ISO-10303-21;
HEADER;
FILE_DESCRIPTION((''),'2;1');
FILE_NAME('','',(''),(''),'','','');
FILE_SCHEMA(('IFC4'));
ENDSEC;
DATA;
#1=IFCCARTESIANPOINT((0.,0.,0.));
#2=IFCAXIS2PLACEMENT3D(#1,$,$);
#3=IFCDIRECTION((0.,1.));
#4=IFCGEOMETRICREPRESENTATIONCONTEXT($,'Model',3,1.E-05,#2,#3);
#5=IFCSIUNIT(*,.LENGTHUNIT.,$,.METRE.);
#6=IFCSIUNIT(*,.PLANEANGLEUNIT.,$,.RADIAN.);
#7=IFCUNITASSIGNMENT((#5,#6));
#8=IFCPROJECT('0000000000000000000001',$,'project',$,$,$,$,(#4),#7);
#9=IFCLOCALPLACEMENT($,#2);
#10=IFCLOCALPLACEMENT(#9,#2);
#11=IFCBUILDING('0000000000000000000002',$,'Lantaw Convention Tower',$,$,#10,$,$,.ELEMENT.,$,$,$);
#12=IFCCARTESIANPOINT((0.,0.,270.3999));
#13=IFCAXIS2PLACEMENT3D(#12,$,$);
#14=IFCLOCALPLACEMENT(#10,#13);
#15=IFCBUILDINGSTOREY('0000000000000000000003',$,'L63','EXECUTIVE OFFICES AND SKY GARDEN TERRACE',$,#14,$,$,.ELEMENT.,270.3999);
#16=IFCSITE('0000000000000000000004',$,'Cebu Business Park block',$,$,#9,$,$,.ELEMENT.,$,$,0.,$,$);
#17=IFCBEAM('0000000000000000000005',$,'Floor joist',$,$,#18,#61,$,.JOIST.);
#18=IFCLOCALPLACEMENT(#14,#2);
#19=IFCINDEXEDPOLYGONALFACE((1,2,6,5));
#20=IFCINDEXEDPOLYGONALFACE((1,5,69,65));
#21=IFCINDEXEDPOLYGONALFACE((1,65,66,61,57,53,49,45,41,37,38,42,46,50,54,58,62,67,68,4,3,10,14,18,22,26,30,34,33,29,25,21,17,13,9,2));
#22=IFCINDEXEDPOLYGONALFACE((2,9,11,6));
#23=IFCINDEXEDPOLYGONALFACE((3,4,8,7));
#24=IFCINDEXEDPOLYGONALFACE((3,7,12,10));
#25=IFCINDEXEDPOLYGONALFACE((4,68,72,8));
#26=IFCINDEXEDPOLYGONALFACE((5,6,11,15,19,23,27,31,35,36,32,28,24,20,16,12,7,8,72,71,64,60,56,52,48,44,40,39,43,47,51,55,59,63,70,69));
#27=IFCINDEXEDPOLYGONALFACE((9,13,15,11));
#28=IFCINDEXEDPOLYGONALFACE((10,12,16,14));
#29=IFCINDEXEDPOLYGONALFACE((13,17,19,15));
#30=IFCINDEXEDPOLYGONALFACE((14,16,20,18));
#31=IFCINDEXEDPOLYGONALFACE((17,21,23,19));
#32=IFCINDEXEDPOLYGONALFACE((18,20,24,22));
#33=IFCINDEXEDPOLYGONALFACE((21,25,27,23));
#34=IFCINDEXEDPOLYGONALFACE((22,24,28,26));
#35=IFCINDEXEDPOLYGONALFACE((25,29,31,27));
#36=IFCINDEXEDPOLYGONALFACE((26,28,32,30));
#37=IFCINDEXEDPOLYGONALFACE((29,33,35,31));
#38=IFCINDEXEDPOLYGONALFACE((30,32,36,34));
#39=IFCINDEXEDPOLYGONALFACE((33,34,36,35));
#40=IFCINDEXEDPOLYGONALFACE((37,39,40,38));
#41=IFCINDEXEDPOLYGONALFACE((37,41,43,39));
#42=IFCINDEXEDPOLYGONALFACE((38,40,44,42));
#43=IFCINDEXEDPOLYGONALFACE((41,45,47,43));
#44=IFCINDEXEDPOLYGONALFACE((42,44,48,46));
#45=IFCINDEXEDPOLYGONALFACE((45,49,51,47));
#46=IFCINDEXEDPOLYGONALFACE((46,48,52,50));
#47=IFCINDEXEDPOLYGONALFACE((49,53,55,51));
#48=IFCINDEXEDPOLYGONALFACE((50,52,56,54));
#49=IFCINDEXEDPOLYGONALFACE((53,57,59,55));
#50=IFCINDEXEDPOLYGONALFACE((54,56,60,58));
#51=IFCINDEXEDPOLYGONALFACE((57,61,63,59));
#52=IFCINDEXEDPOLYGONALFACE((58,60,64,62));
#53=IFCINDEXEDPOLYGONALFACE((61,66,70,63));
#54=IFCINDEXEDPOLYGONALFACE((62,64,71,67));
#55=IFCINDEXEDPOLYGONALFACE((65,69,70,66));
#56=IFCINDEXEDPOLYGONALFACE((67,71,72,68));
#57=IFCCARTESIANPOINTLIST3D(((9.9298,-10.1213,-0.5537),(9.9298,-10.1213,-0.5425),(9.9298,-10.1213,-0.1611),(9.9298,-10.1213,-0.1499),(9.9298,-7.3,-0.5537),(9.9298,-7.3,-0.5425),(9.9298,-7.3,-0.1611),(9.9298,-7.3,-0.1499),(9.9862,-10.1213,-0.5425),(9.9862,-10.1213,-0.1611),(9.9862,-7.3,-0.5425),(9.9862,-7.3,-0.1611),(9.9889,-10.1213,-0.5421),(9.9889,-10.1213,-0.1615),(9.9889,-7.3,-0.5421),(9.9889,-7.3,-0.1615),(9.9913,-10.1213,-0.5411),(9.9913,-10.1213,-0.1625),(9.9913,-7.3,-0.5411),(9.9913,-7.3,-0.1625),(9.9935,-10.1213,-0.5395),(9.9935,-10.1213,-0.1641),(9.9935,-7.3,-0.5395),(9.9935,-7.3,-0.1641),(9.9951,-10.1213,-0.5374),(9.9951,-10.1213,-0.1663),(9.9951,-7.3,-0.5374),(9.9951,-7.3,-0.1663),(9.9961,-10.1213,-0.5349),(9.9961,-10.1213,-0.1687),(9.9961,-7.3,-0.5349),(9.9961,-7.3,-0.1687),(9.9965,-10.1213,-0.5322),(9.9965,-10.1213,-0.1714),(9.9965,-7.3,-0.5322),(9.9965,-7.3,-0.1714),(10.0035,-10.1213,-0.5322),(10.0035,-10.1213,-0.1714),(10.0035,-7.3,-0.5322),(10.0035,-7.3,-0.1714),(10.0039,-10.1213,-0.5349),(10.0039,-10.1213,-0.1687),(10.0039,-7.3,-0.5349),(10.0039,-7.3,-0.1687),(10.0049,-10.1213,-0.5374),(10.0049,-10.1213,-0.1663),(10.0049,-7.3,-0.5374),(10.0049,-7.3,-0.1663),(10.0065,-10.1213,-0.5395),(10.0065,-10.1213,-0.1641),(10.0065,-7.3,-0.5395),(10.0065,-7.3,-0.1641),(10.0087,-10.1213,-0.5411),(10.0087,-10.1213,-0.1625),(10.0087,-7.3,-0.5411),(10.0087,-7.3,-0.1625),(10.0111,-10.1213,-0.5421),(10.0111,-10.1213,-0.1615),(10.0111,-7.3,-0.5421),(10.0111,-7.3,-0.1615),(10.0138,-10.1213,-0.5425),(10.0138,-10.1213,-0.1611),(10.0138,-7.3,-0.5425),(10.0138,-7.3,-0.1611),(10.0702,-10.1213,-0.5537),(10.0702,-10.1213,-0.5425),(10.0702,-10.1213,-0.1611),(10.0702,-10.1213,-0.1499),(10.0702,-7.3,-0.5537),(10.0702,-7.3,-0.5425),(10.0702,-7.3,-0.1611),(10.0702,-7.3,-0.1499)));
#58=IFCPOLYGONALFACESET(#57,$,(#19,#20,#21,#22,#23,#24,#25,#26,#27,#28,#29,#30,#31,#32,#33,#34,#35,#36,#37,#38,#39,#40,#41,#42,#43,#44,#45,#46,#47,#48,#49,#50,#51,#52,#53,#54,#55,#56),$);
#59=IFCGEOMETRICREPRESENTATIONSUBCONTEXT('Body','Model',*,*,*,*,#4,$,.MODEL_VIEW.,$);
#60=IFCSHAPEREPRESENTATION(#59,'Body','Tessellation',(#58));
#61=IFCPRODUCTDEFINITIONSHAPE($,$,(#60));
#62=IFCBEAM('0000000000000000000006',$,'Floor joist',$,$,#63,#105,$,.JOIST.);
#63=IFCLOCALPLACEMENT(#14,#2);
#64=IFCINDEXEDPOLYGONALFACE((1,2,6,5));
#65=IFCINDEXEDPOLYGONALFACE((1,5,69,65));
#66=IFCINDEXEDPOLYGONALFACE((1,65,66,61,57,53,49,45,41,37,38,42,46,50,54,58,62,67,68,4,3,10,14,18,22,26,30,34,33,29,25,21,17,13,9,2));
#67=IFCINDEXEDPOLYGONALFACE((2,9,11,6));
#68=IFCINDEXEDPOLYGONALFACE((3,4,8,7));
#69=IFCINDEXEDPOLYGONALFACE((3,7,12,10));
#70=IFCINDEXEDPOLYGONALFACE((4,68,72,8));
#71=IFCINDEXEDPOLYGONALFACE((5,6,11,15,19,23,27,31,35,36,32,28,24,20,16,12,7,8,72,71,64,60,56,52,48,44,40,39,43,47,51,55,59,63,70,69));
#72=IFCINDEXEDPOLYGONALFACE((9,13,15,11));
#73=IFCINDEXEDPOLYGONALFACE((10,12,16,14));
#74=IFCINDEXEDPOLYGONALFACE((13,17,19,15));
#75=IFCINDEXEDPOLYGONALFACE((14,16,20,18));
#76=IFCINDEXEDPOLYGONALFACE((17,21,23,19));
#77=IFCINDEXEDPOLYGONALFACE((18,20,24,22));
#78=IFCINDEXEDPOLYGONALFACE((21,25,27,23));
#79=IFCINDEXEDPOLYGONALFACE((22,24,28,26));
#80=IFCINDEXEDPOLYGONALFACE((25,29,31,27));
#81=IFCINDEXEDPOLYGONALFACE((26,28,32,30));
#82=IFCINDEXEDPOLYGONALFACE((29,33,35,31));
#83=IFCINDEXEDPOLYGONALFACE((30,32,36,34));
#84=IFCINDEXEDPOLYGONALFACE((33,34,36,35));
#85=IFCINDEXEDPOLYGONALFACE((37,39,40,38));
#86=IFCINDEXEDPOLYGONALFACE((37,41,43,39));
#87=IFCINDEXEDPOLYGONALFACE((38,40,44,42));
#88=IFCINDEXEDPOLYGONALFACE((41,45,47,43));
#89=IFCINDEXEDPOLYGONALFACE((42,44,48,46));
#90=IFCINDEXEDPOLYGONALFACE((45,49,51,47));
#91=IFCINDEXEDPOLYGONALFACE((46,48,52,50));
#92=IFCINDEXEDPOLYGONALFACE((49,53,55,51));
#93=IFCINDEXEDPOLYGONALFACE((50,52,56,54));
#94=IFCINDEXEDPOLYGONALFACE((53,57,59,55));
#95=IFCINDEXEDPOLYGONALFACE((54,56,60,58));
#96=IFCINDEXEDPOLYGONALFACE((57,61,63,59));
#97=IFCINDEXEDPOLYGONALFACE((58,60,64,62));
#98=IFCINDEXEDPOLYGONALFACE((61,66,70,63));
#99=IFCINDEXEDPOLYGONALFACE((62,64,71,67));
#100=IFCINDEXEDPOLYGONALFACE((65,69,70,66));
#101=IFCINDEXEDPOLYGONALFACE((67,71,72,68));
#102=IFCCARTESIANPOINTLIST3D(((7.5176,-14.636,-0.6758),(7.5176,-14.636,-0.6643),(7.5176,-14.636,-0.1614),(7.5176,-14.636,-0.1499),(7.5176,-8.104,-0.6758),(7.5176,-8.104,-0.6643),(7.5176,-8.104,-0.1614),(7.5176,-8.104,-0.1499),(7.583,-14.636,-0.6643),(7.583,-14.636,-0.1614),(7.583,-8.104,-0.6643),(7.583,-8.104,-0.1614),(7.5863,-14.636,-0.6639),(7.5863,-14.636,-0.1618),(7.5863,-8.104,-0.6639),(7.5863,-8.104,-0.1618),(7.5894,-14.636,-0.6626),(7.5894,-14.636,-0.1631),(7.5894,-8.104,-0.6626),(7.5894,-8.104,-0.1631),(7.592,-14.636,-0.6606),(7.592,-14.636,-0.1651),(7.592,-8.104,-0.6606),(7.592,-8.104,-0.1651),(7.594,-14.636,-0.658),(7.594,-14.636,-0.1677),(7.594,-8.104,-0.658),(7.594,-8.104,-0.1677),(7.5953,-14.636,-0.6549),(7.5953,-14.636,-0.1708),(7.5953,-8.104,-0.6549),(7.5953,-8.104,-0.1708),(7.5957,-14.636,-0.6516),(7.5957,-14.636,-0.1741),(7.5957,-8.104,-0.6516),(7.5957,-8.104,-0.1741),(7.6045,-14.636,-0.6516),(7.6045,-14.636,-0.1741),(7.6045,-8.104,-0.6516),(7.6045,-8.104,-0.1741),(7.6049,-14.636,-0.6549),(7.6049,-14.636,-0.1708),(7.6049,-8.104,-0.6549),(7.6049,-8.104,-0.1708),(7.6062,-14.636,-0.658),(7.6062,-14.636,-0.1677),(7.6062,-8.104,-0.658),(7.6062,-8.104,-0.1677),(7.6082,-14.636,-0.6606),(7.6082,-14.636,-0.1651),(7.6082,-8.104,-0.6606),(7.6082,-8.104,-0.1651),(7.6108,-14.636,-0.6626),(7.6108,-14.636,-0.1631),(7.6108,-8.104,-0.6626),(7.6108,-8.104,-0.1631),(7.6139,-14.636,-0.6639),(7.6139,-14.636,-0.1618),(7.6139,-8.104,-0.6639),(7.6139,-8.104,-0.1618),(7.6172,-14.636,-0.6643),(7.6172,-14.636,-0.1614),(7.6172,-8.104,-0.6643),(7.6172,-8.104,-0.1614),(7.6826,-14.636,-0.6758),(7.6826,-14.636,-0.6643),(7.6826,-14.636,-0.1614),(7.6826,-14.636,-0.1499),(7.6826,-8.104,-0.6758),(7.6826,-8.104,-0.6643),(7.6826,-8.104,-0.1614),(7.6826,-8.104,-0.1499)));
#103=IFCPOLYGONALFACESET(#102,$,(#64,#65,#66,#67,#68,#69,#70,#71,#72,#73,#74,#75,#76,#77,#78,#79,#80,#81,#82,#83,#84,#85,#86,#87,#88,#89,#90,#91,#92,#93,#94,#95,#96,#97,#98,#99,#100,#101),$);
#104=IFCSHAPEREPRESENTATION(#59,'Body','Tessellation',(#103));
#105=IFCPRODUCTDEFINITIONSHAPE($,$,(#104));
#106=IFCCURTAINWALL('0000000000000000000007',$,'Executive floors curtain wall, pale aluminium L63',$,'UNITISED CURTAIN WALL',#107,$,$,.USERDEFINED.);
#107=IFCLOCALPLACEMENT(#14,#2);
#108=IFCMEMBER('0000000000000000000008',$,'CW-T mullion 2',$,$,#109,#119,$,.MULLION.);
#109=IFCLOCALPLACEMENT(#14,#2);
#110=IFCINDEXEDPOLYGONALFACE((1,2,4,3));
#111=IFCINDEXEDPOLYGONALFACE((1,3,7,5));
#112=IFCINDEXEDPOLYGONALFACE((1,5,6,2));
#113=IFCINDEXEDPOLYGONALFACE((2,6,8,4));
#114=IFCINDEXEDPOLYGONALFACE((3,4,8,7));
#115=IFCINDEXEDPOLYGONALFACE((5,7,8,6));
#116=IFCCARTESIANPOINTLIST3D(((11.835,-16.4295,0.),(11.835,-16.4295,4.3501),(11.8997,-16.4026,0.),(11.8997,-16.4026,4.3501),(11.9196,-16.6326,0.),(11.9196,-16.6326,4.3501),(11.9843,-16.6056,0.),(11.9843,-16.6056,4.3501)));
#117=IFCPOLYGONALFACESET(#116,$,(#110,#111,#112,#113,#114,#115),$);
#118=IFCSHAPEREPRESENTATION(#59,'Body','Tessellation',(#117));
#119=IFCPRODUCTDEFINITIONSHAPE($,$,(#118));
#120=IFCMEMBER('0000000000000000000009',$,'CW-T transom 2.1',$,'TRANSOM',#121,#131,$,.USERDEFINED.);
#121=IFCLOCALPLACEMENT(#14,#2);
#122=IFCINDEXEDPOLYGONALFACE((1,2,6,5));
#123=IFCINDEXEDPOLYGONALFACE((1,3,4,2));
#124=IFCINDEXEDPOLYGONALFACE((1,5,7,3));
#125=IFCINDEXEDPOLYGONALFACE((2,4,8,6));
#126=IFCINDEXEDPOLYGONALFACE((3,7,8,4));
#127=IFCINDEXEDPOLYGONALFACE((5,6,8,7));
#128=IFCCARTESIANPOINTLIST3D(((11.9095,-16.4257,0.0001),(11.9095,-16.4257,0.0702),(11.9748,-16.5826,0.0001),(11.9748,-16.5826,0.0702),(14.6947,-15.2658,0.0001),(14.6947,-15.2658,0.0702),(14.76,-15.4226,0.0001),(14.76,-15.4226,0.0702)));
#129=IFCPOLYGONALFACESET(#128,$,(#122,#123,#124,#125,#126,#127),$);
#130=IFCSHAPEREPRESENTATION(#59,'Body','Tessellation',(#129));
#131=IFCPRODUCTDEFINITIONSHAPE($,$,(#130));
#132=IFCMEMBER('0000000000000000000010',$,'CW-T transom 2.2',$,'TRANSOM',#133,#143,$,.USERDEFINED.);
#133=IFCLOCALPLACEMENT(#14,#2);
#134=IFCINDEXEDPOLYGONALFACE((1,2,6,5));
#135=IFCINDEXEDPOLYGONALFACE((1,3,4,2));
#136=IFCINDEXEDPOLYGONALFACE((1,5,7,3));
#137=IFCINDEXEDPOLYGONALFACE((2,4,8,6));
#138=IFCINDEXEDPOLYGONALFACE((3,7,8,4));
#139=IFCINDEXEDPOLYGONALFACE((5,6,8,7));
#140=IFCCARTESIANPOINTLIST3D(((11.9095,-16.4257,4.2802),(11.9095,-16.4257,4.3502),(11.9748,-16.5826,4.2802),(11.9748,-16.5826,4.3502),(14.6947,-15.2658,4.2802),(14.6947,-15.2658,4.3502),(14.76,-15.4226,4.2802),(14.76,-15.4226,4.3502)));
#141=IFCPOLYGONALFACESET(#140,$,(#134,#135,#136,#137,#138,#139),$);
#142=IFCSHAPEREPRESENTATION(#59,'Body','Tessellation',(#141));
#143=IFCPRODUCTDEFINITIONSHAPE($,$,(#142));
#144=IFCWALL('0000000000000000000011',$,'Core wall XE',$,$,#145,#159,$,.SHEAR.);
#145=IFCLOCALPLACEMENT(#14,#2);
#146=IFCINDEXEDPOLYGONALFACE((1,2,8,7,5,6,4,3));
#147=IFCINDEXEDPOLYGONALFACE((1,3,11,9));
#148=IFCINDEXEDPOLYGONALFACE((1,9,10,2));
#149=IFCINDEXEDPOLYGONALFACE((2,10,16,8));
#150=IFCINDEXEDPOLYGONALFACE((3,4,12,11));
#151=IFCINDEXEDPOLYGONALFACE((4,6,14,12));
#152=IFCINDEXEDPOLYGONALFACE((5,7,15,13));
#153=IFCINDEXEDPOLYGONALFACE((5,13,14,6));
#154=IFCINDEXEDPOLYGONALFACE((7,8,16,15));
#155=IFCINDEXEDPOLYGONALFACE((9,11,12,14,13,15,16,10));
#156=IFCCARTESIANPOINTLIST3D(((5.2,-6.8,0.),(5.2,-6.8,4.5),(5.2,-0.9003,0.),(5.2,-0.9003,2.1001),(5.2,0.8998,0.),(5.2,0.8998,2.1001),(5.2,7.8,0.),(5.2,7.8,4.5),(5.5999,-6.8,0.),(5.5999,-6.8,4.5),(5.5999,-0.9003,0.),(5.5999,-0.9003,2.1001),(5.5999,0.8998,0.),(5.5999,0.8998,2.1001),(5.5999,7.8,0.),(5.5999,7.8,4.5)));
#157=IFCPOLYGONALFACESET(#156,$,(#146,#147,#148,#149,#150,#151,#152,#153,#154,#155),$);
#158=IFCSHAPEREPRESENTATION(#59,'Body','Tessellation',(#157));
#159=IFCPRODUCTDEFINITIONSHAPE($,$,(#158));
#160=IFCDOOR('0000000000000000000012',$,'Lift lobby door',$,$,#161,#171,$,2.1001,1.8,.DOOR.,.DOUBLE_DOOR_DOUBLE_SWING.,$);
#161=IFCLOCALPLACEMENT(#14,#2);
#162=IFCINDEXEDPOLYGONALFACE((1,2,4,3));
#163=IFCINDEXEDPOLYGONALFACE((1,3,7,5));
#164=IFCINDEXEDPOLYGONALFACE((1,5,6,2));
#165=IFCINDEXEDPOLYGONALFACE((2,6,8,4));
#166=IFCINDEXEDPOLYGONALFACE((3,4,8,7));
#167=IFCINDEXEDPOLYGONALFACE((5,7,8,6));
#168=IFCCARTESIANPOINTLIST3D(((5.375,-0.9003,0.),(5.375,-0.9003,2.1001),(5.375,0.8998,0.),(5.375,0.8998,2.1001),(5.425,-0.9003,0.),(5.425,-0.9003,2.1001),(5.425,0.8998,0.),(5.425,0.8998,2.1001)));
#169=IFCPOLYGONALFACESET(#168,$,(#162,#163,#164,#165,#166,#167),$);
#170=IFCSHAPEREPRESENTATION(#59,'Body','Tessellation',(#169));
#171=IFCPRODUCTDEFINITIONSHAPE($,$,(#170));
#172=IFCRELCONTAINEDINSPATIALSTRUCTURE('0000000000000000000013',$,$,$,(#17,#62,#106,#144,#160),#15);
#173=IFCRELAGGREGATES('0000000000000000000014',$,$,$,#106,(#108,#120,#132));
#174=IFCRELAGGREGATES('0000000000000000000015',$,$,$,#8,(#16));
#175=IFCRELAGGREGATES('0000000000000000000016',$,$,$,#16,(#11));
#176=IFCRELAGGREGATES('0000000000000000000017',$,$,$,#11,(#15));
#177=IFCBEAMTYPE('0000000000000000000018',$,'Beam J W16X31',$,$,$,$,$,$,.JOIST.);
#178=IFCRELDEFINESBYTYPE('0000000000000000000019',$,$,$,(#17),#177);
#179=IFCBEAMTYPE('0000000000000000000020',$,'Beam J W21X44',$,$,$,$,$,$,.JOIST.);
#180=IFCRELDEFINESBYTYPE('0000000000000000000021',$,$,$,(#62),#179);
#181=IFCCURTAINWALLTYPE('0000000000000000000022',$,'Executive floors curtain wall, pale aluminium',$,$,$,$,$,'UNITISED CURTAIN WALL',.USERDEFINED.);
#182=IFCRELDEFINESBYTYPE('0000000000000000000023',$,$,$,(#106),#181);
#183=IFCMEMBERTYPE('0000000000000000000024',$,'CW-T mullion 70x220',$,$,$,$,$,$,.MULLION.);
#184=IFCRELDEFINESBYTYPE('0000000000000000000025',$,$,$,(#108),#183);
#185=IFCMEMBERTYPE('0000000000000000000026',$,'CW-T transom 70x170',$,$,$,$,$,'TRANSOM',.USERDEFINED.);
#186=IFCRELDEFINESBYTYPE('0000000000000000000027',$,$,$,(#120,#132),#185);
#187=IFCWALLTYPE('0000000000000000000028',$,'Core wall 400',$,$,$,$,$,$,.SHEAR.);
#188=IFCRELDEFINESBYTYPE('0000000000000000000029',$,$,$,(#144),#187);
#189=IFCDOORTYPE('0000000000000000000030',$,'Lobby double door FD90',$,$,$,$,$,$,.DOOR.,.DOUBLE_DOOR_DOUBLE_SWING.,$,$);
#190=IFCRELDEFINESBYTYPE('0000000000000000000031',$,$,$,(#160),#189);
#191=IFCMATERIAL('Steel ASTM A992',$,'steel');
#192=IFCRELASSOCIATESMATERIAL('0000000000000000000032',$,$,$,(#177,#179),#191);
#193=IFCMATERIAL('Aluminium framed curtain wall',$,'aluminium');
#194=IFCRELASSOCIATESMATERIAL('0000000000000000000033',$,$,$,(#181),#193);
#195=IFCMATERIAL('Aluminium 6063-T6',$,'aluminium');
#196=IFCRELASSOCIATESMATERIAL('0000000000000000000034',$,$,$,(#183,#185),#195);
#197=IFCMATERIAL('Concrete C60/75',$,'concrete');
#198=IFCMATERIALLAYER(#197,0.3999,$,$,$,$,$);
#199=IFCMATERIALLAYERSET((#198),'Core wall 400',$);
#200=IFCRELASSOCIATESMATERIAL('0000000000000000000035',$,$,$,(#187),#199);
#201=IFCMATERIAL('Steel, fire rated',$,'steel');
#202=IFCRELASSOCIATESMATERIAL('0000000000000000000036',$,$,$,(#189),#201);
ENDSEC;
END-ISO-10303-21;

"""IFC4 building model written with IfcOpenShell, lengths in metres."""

from ifc_helpers import new_model, si_unit, direction, frame, frame_2d, origin, origin_2d, place, context, subcontext, project, spatial, rectangle, i_section, extrude, material, layer, layer_set, material_profile, profile_set, type_object, element, fill, aggregate, save


model = new_model("IFC4")

# Units and contexts
model_context = context("Model", 3, precision=1e-05, world=origin(), true_north=direction((0.0, 1.0)))
body_context = subcontext(model_context, "Body", "Model", "MODEL_VIEW")
ifc_project = project(units=[si_unit("LENGTHUNIT", "METRE"), si_unit("PLANEANGLEUNIT", "RADIAN")], contexts=[model_context])

# Site, building, storey
site_placement = place(None, origin())
site = spatial("IfcSite", under=ifc_project, at=site_placement, Name="Cebu Business Park block", CompositionType="ELEMENT", RefElevation=0.0)
building_placement = place(site_placement, origin())
building = spatial("IfcBuilding", under=site, at=building_placement, Name="Lantaw Convention Tower", CompositionType="ELEMENT")
storey_placement = place(building_placement, frame((0.0, 0.0, 270.3999)))
storey = spatial("IfcBuildingStorey", under=building, at=storey_placement, Name="L63", Description="EXECUTIVE OFFICES AND SKY GARDEN TERRACE", CompositionType="ELEMENT", Elevation=270.3999)

# Beams
ifc_material_1 = material(Name="Steel ASTM A992", Category="steel")
ifc_material_profile_1 = material_profile(ifc_material_1, i_section(OverallWidth=0.1404, OverallDepth=0.4038, WebThickness=0.0071, FlangeThickness=0.0112, FilletRadius=0.0103, at=origin_2d()), Name="W16X31")
ifc_profile_set_1 = profile_set([ifc_material_profile_1], Name="Steel ASTM A992")
beam_type_1 = type_object("IfcBeamType", Name="Beam J W16X31", PredefinedType="JOIST", material=ifc_profile_set_1)
beam_1_placement = place(storey_placement, frame((10.0, -10.1213, -0.3518), z_axis=(0.0, 1.0, 0.0), x_axis=(-1.0, 0.0, 0.0)))
element("IfcBeam", 1, at=beam_1_placement, inside=storey, type_object=beam_type_1, Name="Floor joist", PredefinedType="JOIST", context=body_context, shape_type="SweptSolid", body=[
    extrude(i_section(OverallWidth=0.1404, OverallDepth=0.4038, WebThickness=0.0071, FlangeThickness=0.0112, FilletRadius=0.0103, at=origin_2d()), origin(), (0.0, 0.0, 1.0), 2.8213),
])
ifc_material_profile_2 = material_profile(ifc_material_1, i_section(OverallWidth=0.165, OverallDepth=0.5259, WebThickness=0.0088, FlangeThickness=0.0115, FilletRadius=0.0127, at=origin_2d()), Name="W21X44")
ifc_profile_set_2 = profile_set([ifc_material_profile_2], Name="Steel ASTM A992")
beam_type_2 = type_object("IfcBeamType", Name="Beam J W21X44", PredefinedType="JOIST", material=ifc_profile_set_2)
beam_2_placement = place(storey_placement, frame((7.6001, -14.636, -0.4128), z_axis=(0.0, 1.0, 0.0), x_axis=(-1.0, 0.0, 0.0)))
element("IfcBeam", 2, at=beam_2_placement, inside=storey, type_object=beam_type_2, Name="Floor joist", PredefinedType="JOIST", context=body_context, shape_type="SweptSolid", body=[
    extrude(i_section(OverallWidth=0.165, OverallDepth=0.5259, WebThickness=0.0088, FlangeThickness=0.0115, FilletRadius=0.0127, at=origin_2d()), origin(), (0.0, 0.0, 1.0), 6.532),
])

# Curtain wall, members
ifc_material_2 = material(Name="Aluminium framed curtain wall", Category="aluminium")
curtain_wall_type = type_object("IfcCurtainWallType", Name="Executive floors curtain wall, pale aluminium", ElementType="UNITISED CURTAIN WALL", PredefinedType="USERDEFINED", material=ifc_material_2)
curtain_wall_placement = place(storey_placement, origin())
curtain_wall = element("IfcCurtainWall", 3, at=curtain_wall_placement, inside=storey, type_object=curtain_wall_type, Name="Executive floors curtain wall, pale aluminium L63", ObjectType="UNITISED CURTAIN WALL", PredefinedType="USERDEFINED")
ifc_material_3 = material(Name="Aluminium 6063-T6", Category="aluminium")
ifc_material_profile_3 = material_profile(ifc_material_3, rectangle(XDim=0.22, YDim=0.0701, at=origin_2d()), Name="CW-T mullion 70x220")
ifc_profile_set_3 = profile_set([ifc_material_profile_3], Name="Aluminium 6063-T6")
member_type_1 = type_object("IfcMemberType", Name="CW-T mullion 70x220", PredefinedType="MULLION", material=ifc_profile_set_3)
member_1_placement = place(storey_placement, frame((11.9097, -16.5176, 0.0), z_axis=(0.0, 0.0, 1.0), x_axis=(-0.38446, 0.923142, 0.0)))
member_1 = element("IfcMember", 4, at=member_1_placement, type_object=member_type_1, Name="CW-T mullion 2", PredefinedType="MULLION", context=body_context, shape_type="SweptSolid", body=[
    extrude(rectangle(XDim=0.22, YDim=0.0701, at=origin_2d()), origin(), (0.0, 0.0, 1.0), 4.3501),
])
ifc_material_profile_4 = material_profile(ifc_material_3, rectangle(XDim=0.1699, YDim=0.0701, at=origin_2d()), Name="CW-T transom 70x170")
ifc_profile_set_4 = profile_set([ifc_material_profile_4], Name="Aluminium 6063-T6")
member_type_2 = type_object("IfcMemberType", Name="CW-T transom 70x170", ElementType="TRANSOM", PredefinedType="USERDEFINED", material=ifc_profile_set_4)
member_2_placement = place(storey_placement, frame((11.9421, -16.5042, 0.0352), z_axis=(0.923144, 0.384454, 0.0), x_axis=(-0.384454, 0.923144, 0.0)))
member_2 = element("IfcMember", 5, at=member_2_placement, type_object=member_type_2, Name="CW-T transom 2.1", ObjectType="TRANSOM", PredefinedType="USERDEFINED", context=body_context, shape_type="SweptSolid", body=[
    extrude(rectangle(XDim=0.1699, YDim=0.0701, at=origin_2d()), origin(), (0.0, 0.0, 1.0), 3.0171),
])
member_3_placement = place(storey_placement, frame((11.9421, -16.5042, 4.3152), z_axis=(0.923144, 0.384454, 0.0), x_axis=(-0.384454, 0.923144, 0.0)))
member_3 = element("IfcMember", 6, at=member_3_placement, type_object=member_type_2, Name="CW-T transom 2.2", ObjectType="TRANSOM", PredefinedType="USERDEFINED", context=body_context, shape_type="SweptSolid", body=[
    extrude(rectangle(XDim=0.1699, YDim=0.0701, at=origin_2d()), origin(), (0.0, 0.0, 1.0), 3.0171),
])
aggregate(curtain_wall, [member_1, member_2, member_3])

# Wall, opening, door
ifc_material_4 = material(Name="Concrete C60/75", Category="concrete")
ifc_layer_1 = layer(ifc_material_4, 0.3999)
ifc_layer_set_1 = layer_set([ifc_layer_1], Name="Core wall 400")
wall_type_1 = type_object("IfcWallType", Name="Core wall 400", PredefinedType="SHEAR", material=ifc_layer_set_1)
wall_1_placement = place(storey_placement, frame((5.3999, -6.8, 0.0), z_axis=(0.0, 0.0, 1.0), x_axis=(0.0, 1.0, 0.0)))
wall_1 = element("IfcWall", 7, at=wall_1_placement, inside=storey, type_object=wall_type_1, Name="Core wall XE", PredefinedType="SHEAR", context=body_context, shape_type="SweptSolid", body=[
    extrude(rectangle(XDim=14.6001, YDim=0.3999, at=frame_2d((7.3, 0.0))), origin(), (0.0, 0.0, 1.0), 4.5),
])
opening_1_placement = place(wall_1_placement, frame((5.8999, 0.0, 0.0)))
opening_1 = element("IfcOpeningElement", 8, at=opening_1_placement, cuts=wall_1, PredefinedType="OPENING", context=body_context, shape_type="SweptSolid", body=[
    extrude(rectangle(XDim=1.8, YDim=2.1001, at=frame_2d((0.8999, 1.05))), frame((0.0, 0.21, 0.0), z_axis=(0.0, -1.0, 0.0), x_axis=(1.0, 0.0, 0.0)), (0.0, 0.0, 1.0), 0.4199),
])
ifc_material_5 = material(Name="Steel, fire rated", Category="steel")
door_type_1 = type_object("IfcDoorType", Name="Lobby double door FD90", OperationType="DOUBLE_DOOR_DOUBLE_SWING", PredefinedType="DOOR", material=ifc_material_5)
door_1_placement = place(opening_1_placement, origin())
door_1 = element("IfcDoor", 9, at=door_1_placement, inside=storey, type_object=door_type_1, Name="Lift lobby door", OperationType="DOUBLE_DOOR_DOUBLE_SWING", OverallHeight=2.1001, OverallWidth=1.8, PredefinedType="DOOR", context=body_context, shape_type="SweptSolid", body=[
    extrude(rectangle(XDim=1.8, YDim=2.1001, at=frame_2d((0.8999, 1.05))), frame((0.0, 0.0249, 0.0), z_axis=(0.0, -1.0, 0.0), x_axis=(1.0, 0.0, 0.0)), (0.0, 0.0, 1.0), 0.05),
])
fill(opening_1, door_1)

save(model, "model.ifc")
